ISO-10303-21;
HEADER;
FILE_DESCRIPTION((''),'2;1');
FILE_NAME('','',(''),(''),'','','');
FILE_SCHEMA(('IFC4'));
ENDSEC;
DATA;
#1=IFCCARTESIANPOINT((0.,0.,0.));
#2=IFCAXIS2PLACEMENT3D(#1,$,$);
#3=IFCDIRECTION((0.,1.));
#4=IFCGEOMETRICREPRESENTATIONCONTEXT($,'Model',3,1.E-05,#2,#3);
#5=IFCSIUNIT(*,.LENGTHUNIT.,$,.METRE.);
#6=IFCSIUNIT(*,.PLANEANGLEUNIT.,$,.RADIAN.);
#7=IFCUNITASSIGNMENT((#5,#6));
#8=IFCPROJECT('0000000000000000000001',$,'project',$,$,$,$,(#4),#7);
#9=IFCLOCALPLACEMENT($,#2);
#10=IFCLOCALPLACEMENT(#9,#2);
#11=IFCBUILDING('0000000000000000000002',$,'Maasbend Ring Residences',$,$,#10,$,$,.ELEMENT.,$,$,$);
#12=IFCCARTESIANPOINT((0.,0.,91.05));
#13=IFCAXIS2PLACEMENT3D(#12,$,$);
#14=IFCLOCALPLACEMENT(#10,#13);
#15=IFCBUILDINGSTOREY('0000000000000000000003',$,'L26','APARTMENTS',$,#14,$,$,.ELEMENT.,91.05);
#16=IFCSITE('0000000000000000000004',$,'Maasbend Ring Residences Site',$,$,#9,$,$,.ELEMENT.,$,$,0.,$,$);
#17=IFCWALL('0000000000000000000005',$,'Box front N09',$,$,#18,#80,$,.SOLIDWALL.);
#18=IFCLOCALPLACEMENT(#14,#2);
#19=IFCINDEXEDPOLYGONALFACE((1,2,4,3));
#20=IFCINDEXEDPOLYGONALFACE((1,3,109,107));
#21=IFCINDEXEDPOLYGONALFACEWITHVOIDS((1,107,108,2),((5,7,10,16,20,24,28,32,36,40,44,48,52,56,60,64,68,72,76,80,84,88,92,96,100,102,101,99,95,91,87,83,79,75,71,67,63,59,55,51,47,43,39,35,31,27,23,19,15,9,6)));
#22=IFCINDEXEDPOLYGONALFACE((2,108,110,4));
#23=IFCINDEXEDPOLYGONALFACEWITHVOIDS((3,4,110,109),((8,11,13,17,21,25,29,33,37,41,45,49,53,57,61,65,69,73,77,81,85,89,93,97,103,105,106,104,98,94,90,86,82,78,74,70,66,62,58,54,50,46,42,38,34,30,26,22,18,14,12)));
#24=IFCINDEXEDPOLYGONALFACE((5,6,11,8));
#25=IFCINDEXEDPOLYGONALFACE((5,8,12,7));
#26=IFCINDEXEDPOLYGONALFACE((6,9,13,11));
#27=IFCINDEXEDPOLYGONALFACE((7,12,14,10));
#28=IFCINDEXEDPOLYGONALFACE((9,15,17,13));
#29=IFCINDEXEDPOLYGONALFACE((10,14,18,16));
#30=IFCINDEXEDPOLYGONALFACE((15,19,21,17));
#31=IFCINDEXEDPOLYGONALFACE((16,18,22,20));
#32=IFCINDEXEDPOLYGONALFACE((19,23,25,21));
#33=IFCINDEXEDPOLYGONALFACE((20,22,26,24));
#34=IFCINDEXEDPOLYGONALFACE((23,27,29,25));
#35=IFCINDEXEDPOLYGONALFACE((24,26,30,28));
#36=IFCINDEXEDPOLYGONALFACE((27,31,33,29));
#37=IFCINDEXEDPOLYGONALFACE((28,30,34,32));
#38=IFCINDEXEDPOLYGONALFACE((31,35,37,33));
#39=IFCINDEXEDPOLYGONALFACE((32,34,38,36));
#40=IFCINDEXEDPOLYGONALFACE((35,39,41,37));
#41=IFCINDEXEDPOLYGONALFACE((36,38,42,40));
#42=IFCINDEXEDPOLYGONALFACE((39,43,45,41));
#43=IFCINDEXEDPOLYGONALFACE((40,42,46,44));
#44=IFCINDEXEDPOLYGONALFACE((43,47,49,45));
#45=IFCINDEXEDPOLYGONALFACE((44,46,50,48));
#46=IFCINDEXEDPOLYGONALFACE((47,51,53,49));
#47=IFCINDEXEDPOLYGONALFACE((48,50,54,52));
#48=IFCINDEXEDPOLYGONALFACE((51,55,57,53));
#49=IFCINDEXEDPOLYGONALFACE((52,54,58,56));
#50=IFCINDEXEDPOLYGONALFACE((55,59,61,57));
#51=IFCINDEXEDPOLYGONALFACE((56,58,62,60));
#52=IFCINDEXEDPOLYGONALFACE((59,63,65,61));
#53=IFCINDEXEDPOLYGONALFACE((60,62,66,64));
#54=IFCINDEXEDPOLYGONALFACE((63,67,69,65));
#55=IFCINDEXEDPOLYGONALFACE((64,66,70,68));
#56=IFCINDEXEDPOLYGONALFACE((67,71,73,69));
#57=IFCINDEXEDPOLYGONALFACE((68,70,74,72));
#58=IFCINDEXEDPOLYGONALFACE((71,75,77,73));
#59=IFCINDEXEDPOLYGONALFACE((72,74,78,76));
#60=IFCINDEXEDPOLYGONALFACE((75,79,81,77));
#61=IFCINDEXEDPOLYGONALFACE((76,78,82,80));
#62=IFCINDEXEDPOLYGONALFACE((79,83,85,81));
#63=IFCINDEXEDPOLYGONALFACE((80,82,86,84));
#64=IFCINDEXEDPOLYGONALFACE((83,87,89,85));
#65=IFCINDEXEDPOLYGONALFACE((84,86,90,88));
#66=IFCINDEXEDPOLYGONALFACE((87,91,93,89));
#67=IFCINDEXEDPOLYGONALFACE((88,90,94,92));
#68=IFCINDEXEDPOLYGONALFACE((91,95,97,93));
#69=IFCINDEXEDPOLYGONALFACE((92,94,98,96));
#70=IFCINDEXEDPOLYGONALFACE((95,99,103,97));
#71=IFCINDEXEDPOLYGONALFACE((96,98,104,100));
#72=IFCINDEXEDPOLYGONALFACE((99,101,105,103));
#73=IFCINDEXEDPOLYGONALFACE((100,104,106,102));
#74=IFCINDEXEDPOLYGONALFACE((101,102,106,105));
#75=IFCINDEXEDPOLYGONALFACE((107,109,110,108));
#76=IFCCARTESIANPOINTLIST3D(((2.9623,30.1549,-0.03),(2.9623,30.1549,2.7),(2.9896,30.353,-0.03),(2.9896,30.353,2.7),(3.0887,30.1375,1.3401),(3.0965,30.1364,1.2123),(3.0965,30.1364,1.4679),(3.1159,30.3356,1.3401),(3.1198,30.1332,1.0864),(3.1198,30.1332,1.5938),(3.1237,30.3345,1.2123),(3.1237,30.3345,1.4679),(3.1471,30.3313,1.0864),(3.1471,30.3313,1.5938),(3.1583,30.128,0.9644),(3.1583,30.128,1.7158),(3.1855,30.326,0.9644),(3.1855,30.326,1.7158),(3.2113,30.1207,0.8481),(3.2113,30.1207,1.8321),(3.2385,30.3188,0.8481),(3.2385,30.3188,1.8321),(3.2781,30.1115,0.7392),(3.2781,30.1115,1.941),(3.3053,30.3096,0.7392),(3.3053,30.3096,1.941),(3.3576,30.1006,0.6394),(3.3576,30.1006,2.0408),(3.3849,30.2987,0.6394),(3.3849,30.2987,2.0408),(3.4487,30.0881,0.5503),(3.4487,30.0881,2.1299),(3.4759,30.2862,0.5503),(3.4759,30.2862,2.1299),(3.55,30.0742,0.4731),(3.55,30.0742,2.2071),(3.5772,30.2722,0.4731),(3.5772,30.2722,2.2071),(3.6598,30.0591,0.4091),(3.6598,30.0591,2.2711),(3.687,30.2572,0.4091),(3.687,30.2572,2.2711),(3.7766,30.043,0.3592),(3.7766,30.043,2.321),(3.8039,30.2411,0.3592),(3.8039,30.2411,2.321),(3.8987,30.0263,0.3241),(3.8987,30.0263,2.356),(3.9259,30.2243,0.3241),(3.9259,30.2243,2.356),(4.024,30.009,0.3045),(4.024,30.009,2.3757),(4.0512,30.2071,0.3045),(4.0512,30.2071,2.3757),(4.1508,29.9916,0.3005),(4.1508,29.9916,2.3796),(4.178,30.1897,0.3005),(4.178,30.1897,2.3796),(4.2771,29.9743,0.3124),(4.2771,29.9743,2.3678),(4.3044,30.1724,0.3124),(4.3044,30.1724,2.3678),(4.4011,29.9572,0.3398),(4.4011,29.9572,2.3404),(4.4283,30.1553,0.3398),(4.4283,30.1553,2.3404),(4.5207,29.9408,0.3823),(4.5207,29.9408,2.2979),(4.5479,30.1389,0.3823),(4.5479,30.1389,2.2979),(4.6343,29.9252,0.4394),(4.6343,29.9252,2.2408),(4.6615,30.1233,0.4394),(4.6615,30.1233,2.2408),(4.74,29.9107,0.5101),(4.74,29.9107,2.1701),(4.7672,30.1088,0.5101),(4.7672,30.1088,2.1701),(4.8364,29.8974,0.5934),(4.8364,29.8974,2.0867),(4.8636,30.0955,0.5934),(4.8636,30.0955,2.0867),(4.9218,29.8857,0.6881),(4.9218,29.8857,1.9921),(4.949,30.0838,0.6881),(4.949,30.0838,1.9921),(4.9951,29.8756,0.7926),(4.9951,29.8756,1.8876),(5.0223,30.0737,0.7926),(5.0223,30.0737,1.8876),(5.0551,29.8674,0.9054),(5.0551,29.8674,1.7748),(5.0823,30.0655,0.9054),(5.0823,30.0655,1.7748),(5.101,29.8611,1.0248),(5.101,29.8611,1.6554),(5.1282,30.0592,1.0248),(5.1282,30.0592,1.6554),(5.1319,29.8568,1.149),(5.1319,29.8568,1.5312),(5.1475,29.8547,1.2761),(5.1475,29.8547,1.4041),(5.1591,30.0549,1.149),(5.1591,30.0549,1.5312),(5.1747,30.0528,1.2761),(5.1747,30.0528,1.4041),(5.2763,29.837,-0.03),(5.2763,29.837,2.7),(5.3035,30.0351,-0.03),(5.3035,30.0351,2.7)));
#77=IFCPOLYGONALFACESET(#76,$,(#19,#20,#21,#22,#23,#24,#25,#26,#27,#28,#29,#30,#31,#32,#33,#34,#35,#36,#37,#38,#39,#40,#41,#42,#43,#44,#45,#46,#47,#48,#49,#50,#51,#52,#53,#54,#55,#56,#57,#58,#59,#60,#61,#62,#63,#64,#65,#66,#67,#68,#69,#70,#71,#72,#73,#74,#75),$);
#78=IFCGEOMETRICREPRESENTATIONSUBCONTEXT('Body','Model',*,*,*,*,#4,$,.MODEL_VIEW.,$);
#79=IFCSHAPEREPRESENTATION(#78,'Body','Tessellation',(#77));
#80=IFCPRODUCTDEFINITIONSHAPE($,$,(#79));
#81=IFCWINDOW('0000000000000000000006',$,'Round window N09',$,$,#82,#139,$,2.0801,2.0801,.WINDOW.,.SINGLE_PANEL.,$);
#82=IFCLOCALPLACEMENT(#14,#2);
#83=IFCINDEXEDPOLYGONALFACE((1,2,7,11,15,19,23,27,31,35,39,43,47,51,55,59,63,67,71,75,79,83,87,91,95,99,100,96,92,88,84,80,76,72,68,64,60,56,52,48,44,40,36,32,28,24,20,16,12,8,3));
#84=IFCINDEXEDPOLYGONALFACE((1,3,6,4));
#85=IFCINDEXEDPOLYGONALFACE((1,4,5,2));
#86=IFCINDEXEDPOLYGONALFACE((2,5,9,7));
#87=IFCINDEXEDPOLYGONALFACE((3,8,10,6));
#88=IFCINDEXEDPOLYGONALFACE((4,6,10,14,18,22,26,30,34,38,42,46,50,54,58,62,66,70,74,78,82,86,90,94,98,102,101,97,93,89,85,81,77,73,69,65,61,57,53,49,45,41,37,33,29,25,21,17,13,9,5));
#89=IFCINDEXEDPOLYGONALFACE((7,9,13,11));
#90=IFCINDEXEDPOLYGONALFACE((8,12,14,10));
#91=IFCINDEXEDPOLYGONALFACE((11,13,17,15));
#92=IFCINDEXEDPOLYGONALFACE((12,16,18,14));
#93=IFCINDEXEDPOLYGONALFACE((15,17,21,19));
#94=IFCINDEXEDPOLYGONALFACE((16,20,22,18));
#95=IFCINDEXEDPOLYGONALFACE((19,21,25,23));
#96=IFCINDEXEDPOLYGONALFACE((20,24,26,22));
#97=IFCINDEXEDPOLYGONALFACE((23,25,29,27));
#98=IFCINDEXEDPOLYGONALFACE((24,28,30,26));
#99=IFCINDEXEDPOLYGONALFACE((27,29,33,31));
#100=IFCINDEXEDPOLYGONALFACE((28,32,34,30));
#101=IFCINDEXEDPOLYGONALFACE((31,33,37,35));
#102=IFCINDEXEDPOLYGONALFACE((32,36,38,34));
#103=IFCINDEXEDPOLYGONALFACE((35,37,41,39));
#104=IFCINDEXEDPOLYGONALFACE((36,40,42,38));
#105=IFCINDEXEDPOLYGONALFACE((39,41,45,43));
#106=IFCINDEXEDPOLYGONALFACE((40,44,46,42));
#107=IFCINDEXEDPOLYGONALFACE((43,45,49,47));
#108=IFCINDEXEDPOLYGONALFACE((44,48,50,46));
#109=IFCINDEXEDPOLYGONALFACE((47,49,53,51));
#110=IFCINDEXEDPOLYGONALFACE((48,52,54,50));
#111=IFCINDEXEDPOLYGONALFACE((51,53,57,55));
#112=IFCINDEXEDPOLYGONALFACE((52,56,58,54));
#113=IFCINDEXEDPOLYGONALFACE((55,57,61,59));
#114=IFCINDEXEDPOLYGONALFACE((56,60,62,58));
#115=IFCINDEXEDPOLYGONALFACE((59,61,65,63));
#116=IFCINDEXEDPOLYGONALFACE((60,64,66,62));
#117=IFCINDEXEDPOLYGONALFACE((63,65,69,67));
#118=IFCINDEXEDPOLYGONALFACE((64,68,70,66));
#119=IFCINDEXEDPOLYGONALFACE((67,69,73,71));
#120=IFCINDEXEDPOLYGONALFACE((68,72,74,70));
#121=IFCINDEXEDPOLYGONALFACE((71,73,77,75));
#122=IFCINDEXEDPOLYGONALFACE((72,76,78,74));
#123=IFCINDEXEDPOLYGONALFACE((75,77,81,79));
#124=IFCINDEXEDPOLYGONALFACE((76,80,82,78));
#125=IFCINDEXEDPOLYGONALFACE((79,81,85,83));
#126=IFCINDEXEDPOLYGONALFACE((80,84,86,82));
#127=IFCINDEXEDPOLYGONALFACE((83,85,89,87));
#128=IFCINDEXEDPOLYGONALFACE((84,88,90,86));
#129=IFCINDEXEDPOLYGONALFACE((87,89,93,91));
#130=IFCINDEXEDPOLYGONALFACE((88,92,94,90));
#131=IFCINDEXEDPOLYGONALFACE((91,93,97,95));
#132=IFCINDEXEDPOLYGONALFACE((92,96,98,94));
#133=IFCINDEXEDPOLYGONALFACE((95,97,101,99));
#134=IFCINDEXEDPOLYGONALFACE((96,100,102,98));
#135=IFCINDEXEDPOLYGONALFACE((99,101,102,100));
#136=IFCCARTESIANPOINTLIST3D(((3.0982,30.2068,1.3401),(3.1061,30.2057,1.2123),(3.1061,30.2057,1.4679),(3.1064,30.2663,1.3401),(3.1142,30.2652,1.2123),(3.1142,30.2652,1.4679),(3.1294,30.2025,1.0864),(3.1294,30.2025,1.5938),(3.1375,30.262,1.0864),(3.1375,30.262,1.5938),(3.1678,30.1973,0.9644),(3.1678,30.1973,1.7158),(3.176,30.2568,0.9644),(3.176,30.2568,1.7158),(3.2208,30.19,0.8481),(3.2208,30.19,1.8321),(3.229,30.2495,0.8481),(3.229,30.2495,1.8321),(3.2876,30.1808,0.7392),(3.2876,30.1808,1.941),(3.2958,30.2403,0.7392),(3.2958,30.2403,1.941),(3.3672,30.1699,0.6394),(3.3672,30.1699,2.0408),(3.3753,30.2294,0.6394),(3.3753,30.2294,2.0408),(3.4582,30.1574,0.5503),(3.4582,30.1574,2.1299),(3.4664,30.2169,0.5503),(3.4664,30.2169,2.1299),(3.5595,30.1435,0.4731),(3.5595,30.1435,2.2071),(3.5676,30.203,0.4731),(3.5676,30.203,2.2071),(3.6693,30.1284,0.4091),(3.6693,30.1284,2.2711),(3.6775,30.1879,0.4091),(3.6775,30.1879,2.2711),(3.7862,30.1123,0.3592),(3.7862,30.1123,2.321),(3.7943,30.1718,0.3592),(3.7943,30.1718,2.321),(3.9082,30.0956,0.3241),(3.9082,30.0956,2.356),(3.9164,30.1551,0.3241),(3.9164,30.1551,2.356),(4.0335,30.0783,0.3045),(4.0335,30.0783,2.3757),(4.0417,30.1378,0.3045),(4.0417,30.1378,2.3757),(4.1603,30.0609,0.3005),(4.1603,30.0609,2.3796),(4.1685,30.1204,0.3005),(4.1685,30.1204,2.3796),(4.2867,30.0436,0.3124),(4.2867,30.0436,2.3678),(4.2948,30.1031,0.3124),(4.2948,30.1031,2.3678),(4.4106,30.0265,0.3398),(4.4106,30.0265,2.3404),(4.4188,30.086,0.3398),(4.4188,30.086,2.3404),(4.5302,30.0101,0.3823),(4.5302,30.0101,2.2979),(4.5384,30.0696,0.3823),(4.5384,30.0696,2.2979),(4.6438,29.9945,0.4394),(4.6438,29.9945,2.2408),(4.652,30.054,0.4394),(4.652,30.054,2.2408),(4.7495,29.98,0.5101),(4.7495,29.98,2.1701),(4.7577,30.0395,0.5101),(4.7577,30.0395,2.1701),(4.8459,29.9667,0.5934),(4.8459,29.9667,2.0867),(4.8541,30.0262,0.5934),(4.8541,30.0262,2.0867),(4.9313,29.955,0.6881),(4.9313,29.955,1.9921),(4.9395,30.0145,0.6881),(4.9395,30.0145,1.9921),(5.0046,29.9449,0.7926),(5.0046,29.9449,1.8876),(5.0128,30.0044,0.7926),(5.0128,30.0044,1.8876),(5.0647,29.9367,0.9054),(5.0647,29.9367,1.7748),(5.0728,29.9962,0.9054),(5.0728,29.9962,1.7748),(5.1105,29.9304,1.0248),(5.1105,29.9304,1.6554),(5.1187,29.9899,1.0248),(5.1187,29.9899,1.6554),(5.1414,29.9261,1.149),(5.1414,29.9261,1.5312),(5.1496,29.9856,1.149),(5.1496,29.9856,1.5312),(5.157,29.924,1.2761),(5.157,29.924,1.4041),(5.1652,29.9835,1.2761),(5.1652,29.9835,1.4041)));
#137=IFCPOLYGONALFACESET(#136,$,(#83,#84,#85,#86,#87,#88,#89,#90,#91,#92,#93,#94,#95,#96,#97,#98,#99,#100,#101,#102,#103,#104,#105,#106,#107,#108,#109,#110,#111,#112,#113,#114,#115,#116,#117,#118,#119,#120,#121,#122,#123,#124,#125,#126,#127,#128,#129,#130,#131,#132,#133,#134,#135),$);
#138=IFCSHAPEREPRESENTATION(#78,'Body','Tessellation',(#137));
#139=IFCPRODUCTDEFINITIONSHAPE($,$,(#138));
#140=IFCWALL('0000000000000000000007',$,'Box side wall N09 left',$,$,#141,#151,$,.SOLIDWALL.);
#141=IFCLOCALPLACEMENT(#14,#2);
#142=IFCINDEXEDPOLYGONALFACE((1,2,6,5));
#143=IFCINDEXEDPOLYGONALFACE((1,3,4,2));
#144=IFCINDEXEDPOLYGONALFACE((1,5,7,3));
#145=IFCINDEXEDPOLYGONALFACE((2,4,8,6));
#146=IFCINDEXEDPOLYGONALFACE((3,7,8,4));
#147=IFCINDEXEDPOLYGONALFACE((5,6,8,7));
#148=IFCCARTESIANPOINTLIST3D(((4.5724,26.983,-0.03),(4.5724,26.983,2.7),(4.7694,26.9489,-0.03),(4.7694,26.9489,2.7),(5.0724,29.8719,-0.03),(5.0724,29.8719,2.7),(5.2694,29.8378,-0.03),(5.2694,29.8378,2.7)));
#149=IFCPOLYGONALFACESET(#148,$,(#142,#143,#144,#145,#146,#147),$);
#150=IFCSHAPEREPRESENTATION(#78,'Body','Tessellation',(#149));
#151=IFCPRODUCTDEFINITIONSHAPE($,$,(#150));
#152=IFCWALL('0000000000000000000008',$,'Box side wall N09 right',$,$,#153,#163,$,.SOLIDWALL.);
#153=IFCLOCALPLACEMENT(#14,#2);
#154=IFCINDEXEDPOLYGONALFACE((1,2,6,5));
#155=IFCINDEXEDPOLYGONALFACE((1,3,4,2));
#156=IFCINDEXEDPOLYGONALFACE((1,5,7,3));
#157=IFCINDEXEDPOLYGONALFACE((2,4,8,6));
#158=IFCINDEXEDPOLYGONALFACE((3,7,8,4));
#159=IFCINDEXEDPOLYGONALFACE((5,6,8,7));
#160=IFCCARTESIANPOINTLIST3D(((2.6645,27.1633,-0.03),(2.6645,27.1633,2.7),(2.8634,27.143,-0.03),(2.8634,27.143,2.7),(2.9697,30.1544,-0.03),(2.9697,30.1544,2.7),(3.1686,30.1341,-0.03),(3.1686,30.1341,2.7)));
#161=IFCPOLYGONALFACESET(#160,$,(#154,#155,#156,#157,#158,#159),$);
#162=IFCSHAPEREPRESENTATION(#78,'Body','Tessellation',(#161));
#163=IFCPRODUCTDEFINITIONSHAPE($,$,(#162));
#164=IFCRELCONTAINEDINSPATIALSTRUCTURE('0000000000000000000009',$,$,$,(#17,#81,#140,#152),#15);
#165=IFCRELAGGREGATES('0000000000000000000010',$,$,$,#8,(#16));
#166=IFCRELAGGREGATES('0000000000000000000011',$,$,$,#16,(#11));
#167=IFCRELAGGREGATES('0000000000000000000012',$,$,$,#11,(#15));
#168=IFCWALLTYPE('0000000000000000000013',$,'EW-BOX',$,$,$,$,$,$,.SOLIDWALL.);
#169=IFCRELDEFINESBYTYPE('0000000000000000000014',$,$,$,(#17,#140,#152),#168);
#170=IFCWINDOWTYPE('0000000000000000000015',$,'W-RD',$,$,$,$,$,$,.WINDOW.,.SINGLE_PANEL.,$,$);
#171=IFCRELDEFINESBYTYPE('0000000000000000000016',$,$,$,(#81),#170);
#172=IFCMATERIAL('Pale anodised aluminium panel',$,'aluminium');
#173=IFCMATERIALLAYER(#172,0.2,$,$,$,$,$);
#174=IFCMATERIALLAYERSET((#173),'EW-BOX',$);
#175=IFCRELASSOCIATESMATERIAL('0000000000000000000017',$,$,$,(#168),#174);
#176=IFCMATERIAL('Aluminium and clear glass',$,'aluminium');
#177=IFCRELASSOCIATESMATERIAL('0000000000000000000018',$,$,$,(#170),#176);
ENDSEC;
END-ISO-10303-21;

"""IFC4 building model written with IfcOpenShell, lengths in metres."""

from ifc_helpers import new_model, si_unit, direction, frame, frame_2d, origin, place, context, subcontext, project, spatial, rectangle, circle, extrude, material, layer, layer_set, type_object, element, fill, save


model = new_model("IFC4")

# Units and contexts
model_context = context("Model", 3, precision=1e-05, world=origin(), true_north=direction((0.0, 1.0)))
body_context = subcontext(model_context, "Body", "Model", "MODEL_VIEW")
ifc_project = project(units=[si_unit("LENGTHUNIT", "METRE"), si_unit("PLANEANGLEUNIT", "RADIAN")], contexts=[model_context])

# Site, building, storey
site_placement = place(None, origin())
site = spatial("IfcSite", under=ifc_project, at=site_placement, Name="Maasbend Ring Residences Site", CompositionType="ELEMENT", RefElevation=0.0)
building_placement = place(site_placement, origin())
building = spatial("IfcBuilding", under=site, at=building_placement, Name="Maasbend Ring Residences", CompositionType="ELEMENT")
storey_placement = place(building_placement, frame((0.0, 0.0, 91.05)))
storey = spatial("IfcBuildingStorey", under=building, at=storey_placement, Name="L26", Description="APARTMENTS", CompositionType="ELEMENT", Elevation=91.05)

# Shared definitions
ifc_material_1 = material(Name="Pale anodised aluminium panel", Category="aluminium")
ifc_layer_1 = layer(ifc_material_1, 0.2)
ifc_layer_set_1 = layer_set([ifc_layer_1], Name="EW-BOX")
wall_type_1 = type_object("IfcWallType", Name="EW-BOX", PredefinedType="SOLIDWALL", material=ifc_layer_set_1)

# Wall, opening, window
wall_1_placement = place(storey_placement, frame((5.29, 29.936, -0.03), z_axis=(0.0, 0.0, 1.0), x_axis=(-0.990696, 0.136093, 0.0)))
wall_1 = element("IfcWall", 1, at=wall_1_placement, inside=storey, type_object=wall_type_1, Name="Box front N09", PredefinedType="SOLIDWALL", context=body_context, shape_type="SweptSolid", body=[
    extrude(rectangle(XDim=2.3357, YDim=0.2, at=frame_2d((1.168, 0.0))), origin(), (0.0, 0.0, 1.0), 2.73),
])
opening_1_placement = place(wall_1_placement, frame((0.1282, 0.0, 0.3301)))
opening_1 = element("IfcOpeningElement", 2, at=opening_1_placement, cuts=wall_1, PredefinedType="OPENING", context=body_context, shape_type="SweptSolid", body=[
    extrude(circle(Radius=1.04, at=frame_2d((1.04, 1.04))), frame((0.0, 0.1099, 0.0), z_axis=(0.0, -1.0, 0.0), x_axis=(1.0, 0.0, 0.0)), (0.0, 0.0, 1.0), 0.22),
])
ifc_material_2 = material(Name="Aluminium and clear glass", Category="aluminium")
window_type_1 = type_object("IfcWindowType", Name="W-RD", PartitioningType="SINGLE_PANEL", PredefinedType="WINDOW", material=ifc_material_2)
window_1_placement = place(opening_1_placement, origin())
window_1 = element("IfcWindow", 3, at=window_1_placement, inside=storey, type_object=window_type_1, Name="Round window N09", OverallHeight=2.0801, OverallWidth=2.0801, PartitioningType="SINGLE_PANEL", PredefinedType="WINDOW", context=body_context, shape_type="SweptSolid", body=[
    extrude(circle(Radius=1.04, at=frame_2d((1.04, 1.04))), frame((0.0, 0.03, 0.0), z_axis=(0.0, -1.0, 0.0), x_axis=(1.0, 0.0, 0.0)), (0.0, 0.0, 1.0), 0.0601),
])
fill(opening_1, window_1)

# Walls
wall_2_placement = place(storey_placement, frame((4.6709, 26.9661, -0.03), z_axis=(0.0, 0.0, 1.0), x_axis=(0.17054, 0.985351, 0.0)))
element("IfcWall", 4, at=wall_2_placement, inside=storey, type_object=wall_type_1, Name="Box side wall N09 left", PredefinedType="SOLIDWALL", context=body_context, shape_type="SweptSolid", body=[
    extrude(rectangle(XDim=2.9319, YDim=0.2, at=frame_2d((1.4658, 0.0))), origin(), (0.0, 0.0, 1.0), 2.73),
])
wall_3_placement = place(storey_placement, frame((2.7639, 27.1531, -0.03), z_axis=(0.0, 0.0, 1.0), x_axis=(0.101505, 0.994835, 0.0)))
element("IfcWall", 5, at=wall_3_placement, inside=storey, type_object=wall_type_1, Name="Box side wall N09 right", PredefinedType="SOLIDWALL", context=body_context, shape_type="SweptSolid", body=[
    extrude(rectangle(XDim=3.0066, YDim=0.2, at=frame_2d((1.5034, 0.0))), origin(), (0.0, 0.0, 1.0), 2.73),
])

save(model, "model.ifc")
